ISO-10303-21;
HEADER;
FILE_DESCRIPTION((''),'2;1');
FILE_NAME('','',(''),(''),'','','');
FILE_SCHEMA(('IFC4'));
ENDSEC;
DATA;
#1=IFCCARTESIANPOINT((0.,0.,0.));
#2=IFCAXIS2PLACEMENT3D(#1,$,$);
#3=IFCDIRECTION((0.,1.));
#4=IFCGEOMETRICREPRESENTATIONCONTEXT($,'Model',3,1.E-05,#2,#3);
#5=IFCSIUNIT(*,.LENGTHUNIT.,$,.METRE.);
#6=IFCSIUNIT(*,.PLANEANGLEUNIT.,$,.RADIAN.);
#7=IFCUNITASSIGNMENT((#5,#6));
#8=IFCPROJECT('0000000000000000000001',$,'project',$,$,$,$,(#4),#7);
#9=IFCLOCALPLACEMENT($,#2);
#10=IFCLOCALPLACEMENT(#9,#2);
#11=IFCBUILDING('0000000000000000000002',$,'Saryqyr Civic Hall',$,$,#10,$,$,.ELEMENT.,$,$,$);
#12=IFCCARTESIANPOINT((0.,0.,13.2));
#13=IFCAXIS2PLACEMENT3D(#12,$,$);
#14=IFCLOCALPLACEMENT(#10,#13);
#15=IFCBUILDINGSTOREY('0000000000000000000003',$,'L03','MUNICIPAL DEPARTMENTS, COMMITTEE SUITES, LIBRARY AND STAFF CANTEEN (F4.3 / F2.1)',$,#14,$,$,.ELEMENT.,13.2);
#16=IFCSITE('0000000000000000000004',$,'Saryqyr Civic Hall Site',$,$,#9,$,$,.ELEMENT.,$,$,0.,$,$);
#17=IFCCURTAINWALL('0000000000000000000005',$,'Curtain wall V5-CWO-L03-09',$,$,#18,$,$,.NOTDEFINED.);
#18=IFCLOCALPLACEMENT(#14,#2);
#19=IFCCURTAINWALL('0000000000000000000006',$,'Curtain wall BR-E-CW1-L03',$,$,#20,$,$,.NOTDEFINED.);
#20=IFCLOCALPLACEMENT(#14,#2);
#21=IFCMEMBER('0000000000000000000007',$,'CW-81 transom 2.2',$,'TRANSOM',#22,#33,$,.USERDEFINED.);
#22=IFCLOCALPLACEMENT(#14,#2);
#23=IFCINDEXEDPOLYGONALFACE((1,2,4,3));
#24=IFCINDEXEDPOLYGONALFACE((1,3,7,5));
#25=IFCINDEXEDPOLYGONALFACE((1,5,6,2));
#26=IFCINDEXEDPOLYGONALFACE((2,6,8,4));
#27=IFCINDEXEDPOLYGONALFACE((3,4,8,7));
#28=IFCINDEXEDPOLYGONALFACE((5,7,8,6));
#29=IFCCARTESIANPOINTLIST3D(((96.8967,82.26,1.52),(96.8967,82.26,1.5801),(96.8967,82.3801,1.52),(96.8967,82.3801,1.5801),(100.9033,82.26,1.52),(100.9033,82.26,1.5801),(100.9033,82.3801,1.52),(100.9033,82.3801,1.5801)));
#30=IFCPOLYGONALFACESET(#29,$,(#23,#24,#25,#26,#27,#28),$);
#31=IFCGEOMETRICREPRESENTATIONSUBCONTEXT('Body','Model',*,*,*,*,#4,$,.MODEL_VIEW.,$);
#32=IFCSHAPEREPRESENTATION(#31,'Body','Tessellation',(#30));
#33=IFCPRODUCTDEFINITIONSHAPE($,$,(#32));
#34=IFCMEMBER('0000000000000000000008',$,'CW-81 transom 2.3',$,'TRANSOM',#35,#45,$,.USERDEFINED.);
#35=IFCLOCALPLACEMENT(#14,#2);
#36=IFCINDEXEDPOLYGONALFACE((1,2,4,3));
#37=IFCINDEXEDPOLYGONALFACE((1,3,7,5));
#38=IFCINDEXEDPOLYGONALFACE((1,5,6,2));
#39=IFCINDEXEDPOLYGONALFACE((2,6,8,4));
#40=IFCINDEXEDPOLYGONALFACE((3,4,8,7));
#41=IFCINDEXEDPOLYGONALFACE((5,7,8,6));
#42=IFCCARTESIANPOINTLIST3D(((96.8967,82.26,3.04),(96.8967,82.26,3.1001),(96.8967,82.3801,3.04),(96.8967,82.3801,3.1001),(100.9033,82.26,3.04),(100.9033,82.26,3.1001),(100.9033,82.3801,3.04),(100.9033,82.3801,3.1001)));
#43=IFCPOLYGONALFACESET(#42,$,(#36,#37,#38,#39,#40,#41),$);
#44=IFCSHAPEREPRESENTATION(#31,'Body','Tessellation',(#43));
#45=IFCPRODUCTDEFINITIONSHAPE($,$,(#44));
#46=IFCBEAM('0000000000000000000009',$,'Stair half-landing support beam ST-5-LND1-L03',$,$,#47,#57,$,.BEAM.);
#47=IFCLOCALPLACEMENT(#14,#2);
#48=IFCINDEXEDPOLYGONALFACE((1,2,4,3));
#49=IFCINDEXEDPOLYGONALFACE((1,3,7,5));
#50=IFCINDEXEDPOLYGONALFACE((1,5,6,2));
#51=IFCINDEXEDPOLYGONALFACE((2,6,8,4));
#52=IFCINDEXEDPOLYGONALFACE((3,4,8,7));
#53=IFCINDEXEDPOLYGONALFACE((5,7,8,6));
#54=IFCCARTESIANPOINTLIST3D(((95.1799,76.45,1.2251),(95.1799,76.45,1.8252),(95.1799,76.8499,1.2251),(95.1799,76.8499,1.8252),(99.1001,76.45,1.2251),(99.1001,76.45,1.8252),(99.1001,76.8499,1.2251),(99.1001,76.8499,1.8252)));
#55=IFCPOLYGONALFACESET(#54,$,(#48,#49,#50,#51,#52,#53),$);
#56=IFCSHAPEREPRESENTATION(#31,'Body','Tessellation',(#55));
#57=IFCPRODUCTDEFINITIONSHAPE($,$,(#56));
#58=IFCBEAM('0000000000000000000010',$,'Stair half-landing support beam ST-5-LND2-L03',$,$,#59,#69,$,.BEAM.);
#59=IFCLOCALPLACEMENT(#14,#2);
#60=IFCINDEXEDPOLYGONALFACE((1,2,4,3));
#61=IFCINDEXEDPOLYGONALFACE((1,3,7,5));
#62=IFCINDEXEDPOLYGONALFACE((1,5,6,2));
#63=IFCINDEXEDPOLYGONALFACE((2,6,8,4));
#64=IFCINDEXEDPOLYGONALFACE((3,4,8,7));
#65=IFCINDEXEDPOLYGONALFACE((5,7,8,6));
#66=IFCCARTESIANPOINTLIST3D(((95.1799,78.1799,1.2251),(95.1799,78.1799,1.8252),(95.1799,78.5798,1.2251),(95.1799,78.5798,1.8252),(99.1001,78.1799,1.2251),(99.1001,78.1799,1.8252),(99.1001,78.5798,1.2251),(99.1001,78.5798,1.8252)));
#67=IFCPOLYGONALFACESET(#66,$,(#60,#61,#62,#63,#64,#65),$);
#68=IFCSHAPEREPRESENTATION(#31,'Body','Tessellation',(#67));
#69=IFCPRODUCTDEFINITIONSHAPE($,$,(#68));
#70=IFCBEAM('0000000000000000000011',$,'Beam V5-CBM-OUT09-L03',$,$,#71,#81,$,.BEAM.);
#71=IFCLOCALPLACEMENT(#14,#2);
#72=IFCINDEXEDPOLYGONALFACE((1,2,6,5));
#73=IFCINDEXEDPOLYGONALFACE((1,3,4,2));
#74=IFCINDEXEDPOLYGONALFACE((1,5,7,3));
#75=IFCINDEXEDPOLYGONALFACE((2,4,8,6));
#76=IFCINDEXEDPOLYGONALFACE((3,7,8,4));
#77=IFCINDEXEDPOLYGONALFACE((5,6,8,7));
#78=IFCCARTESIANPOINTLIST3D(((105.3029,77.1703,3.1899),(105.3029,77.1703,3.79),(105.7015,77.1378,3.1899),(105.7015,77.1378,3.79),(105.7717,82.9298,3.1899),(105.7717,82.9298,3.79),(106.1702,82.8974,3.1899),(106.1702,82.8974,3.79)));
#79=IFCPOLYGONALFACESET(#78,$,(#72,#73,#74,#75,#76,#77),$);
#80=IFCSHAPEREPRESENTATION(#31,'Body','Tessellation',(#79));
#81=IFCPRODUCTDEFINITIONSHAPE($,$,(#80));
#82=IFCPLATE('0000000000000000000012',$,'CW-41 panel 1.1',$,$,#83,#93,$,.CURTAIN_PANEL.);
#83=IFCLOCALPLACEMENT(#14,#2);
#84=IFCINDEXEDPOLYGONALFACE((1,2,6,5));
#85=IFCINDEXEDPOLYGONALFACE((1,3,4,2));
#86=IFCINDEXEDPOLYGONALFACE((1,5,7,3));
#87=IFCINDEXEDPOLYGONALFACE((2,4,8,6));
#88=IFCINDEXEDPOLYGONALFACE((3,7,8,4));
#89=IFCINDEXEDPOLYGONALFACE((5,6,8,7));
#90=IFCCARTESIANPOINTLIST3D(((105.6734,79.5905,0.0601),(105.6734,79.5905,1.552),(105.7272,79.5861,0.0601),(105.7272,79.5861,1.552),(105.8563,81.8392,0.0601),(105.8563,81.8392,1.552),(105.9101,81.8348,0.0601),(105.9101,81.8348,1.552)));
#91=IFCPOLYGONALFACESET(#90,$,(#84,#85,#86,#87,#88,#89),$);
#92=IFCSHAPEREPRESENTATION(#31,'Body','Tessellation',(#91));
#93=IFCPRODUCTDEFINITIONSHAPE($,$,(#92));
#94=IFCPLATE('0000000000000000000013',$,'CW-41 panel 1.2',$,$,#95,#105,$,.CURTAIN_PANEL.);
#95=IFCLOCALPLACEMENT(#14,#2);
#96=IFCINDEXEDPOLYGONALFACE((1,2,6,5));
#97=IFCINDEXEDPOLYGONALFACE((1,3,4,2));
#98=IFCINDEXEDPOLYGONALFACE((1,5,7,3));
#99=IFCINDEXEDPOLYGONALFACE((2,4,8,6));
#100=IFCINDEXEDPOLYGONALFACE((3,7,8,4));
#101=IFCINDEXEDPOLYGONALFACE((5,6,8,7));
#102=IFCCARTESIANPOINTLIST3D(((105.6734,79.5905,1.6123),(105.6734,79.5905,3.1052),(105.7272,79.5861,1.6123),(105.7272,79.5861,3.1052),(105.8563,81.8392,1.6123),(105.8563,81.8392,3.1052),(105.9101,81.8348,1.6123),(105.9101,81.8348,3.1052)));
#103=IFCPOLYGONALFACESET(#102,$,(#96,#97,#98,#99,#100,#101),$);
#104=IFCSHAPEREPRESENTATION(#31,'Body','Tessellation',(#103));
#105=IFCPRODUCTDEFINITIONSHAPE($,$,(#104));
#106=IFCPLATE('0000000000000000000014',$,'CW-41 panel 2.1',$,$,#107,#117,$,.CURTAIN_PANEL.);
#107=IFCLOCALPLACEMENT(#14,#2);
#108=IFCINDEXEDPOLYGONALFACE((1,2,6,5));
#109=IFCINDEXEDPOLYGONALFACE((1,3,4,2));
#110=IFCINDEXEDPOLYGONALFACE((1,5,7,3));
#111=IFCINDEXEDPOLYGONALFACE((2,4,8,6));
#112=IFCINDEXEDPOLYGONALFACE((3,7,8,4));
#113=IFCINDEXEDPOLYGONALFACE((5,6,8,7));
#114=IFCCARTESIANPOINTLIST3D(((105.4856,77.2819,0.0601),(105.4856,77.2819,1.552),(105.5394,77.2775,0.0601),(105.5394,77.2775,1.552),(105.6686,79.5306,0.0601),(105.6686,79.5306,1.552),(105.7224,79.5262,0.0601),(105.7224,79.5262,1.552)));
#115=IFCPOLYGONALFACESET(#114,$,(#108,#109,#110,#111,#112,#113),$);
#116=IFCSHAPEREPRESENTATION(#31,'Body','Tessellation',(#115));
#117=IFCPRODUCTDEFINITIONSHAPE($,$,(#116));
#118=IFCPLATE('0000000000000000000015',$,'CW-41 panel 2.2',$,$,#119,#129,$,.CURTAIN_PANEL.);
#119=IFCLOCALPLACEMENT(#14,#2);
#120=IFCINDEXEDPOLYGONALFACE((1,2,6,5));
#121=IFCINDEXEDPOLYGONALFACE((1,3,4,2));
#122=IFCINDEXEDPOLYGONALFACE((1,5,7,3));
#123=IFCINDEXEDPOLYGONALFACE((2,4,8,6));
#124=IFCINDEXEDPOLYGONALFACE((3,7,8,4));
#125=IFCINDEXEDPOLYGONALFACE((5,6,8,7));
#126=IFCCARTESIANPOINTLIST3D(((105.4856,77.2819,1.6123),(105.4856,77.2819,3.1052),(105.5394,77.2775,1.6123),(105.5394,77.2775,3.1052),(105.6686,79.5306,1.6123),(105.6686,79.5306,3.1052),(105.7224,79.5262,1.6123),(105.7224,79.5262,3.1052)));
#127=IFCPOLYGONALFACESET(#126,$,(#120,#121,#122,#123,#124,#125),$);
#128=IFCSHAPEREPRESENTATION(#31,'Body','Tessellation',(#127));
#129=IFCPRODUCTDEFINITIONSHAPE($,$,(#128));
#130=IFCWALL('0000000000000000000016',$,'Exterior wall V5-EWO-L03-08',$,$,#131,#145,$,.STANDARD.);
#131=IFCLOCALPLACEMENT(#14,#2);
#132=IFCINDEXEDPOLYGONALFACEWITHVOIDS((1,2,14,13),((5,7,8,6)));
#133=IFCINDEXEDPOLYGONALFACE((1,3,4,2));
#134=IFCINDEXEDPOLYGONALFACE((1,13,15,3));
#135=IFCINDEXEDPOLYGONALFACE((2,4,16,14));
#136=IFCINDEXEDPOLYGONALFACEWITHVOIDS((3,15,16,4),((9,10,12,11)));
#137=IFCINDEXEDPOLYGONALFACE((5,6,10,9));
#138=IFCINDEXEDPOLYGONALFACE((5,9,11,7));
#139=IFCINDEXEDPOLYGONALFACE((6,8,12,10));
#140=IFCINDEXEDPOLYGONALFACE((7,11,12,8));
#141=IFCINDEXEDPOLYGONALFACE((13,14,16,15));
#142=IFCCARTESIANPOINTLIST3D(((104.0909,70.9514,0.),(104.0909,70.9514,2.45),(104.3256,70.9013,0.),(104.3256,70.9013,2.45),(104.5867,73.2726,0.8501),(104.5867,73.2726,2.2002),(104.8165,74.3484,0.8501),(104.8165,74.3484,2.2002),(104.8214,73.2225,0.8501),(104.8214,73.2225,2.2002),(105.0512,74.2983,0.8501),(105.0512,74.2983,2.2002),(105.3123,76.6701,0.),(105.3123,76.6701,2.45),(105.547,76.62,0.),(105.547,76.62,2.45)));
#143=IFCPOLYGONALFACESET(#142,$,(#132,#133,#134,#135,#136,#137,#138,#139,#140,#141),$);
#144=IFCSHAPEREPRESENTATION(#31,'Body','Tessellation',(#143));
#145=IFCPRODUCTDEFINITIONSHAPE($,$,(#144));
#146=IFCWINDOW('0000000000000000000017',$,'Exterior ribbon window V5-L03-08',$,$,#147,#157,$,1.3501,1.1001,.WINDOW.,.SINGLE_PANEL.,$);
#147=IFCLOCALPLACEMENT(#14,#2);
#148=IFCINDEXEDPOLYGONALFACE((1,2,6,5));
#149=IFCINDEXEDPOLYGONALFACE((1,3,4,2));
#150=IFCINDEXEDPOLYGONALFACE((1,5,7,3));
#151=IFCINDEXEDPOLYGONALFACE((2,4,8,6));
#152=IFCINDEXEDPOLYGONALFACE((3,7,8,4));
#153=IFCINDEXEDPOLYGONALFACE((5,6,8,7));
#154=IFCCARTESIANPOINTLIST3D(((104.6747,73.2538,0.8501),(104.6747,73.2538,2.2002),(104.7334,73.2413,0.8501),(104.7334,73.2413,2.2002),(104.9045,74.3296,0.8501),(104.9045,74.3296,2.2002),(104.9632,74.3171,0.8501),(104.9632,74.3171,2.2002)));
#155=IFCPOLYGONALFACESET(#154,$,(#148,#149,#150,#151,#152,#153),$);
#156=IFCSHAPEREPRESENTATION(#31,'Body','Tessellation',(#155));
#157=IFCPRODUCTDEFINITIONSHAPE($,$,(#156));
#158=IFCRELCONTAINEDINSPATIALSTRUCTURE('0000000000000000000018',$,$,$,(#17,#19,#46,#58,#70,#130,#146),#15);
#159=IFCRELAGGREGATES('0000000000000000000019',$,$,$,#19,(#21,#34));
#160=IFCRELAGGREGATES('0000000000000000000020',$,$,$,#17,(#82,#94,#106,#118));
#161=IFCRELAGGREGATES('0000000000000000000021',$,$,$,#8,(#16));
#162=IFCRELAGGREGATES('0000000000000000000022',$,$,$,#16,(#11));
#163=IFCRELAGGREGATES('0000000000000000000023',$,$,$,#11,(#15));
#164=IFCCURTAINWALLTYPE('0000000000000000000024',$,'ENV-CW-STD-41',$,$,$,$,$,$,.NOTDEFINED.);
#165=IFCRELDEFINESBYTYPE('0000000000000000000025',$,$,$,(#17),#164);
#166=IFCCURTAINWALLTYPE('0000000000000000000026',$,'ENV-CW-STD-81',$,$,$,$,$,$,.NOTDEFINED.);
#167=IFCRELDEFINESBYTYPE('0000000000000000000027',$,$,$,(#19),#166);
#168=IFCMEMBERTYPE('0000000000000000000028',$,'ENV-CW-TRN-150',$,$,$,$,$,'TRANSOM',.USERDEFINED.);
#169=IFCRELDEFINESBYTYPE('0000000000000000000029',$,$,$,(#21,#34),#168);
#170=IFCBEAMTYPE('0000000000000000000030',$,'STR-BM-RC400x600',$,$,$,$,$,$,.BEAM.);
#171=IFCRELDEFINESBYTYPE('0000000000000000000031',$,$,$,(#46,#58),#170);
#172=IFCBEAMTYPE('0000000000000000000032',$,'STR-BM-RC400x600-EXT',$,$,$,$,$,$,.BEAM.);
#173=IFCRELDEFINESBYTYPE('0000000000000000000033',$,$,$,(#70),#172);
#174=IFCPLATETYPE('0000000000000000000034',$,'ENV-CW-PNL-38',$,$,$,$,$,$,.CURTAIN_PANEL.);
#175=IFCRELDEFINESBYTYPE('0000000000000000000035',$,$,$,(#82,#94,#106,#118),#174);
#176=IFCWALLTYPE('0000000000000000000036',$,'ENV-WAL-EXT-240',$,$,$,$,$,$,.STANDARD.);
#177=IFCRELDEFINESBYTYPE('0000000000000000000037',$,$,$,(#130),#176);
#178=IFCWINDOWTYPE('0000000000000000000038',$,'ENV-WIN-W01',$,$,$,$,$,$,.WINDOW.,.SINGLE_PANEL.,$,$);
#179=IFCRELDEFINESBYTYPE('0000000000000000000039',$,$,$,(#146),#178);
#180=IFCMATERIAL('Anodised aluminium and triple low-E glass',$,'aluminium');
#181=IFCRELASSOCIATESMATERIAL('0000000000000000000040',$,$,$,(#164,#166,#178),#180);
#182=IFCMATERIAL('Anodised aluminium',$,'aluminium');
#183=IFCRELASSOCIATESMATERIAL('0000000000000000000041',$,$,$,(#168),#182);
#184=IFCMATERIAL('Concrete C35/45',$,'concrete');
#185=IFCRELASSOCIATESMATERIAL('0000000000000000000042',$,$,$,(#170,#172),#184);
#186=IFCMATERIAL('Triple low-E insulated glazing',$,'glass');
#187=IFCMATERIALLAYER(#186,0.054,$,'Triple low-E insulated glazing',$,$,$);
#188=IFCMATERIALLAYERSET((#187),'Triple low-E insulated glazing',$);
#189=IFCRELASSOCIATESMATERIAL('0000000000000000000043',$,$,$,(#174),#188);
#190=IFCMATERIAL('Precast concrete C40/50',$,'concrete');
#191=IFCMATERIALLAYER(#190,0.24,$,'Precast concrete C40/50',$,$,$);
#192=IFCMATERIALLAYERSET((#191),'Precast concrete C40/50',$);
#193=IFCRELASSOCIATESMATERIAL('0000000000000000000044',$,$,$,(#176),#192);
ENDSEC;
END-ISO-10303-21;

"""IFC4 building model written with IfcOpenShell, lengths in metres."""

from ifc_helpers import new_model, si_unit, direction, frame, frame_2d, origin, origin_2d, place, context, subcontext, project, spatial, rectangle, extrude, material, layer, layer_set, material_profile, profile_set, type_object, element, fill, aggregate, save


model = new_model("IFC4")

# Units and contexts
model_context = context("Model", 3, precision=1e-05, world=origin(), true_north=direction((0.0, 1.0)))
body_context = subcontext(model_context, "Body", "Model", "MODEL_VIEW")
ifc_project = project(units=[si_unit("LENGTHUNIT", "METRE"), si_unit("PLANEANGLEUNIT", "RADIAN")], contexts=[model_context])

# Site, building, storey
site_placement = place(None, origin())
site = spatial("IfcSite", under=ifc_project, at=site_placement, Name="Saryqyr Civic Hall Site", CompositionType="ELEMENT", RefElevation=0.0)
building_placement = place(site_placement, origin())
building = spatial("IfcBuilding", under=site, at=building_placement, Name="Saryqyr Civic Hall", CompositionType="ELEMENT")
storey_placement = place(building_placement, frame((0.0, 0.0, 13.2)))
storey = spatial("IfcBuildingStorey", under=building, at=storey_placement, Name="L03", Description="MUNICIPAL DEPARTMENTS, COMMITTEE SUITES, LIBRARY AND STAFF CANTEEN (F4.3 / F2.1)", CompositionType="ELEMENT", Elevation=13.2)

# Shared definitions
ifc_material_1 = material(Name="Concrete C35/45", Category="concrete")

# Curtain walls, members
ifc_material_2 = material(Name="Anodised aluminium and triple low-E glass", Category="aluminium")
curtain_wall_type_1 = type_object("IfcCurtainWallType", Name="ENV-CW-STD-41", PredefinedType="NOTDEFINED", material=ifc_material_2)
curtain_wall_1_placement = place(storey_placement, origin())
curtain_wall_1 = element("IfcCurtainWall", 1, at=curtain_wall_1_placement, inside=storey, type_object=curtain_wall_type_1, Name="Curtain wall V5-CWO-L03-09", PredefinedType="NOTDEFINED")
ifc_material_3 = material(Name="Anodised aluminium", Category="aluminium")
ifc_material_profile_1 = material_profile(ifc_material_3, rectangle(XDim=0.1201, YDim=0.0601, at=origin_2d()), Name="ALU TRANSOM 120x60")
ifc_profile_set_1 = profile_set([ifc_material_profile_1], Name="Anodised aluminium")
member_type_1 = type_object("IfcMemberType", Name="ENV-CW-TRN-150", ElementType="TRANSOM", PredefinedType="USERDEFINED", material=ifc_profile_set_1)
curtain_wall_type_2 = type_object("IfcCurtainWallType", Name="ENV-CW-STD-81", PredefinedType="NOTDEFINED", material=ifc_material_2)
curtain_wall_2_placement = place(storey_placement, origin())
curtain_wall_2 = element("IfcCurtainWall", 2, at=curtain_wall_2_placement, inside=storey, type_object=curtain_wall_type_2, Name="Curtain wall BR-E-CW1-L03", PredefinedType="NOTDEFINED")
member_1_placement = place(storey_placement, frame((100.9033, 82.3201, 1.55), z_axis=(-1.0, 0.0, 0.0), x_axis=(0.0, -1.0, 0.0)))
member_1 = element("IfcMember", 3, at=member_1_placement, type_object=member_type_1, Name="CW-81 transom 2.2", ObjectType="TRANSOM", PredefinedType="USERDEFINED", context=body_context, shape_type="SweptSolid", body=[
    extrude(rectangle(XDim=0.1201, YDim=0.0601, at=origin_2d()), origin(), (0.0, 0.0, 1.0), 4.0066),
])
member_2_placement = place(storey_placement, frame((100.9033, 82.3201, 3.0701), z_axis=(-1.0, 0.0, 0.0), x_axis=(0.0, -1.0, 0.0)))
member_2 = element("IfcMember", 4, at=member_2_placement, type_object=member_type_1, Name="CW-81 transom 2.3", ObjectType="TRANSOM", PredefinedType="USERDEFINED", context=body_context, shape_type="SweptSolid", body=[
    extrude(rectangle(XDim=0.1201, YDim=0.0601, at=origin_2d()), origin(), (0.0, 0.0, 1.0), 4.0066),
])
aggregate(curtain_wall_2, [member_1, member_2])

# Beams
ifc_material_profile_2 = material_profile(ifc_material_1, rectangle(XDim=0.3999, YDim=0.6001, at=origin_2d()), Name="RC 400x600")
ifc_profile_set_2 = profile_set([ifc_material_profile_2], Name="Concrete C35/45")
beam_type_1 = type_object("IfcBeamType", Name="STR-BM-RC400x600", PredefinedType="BEAM", material=ifc_profile_set_2)
for number, where, z_axis, x_axis, name in (
    (5, (99.1001, 76.6499, 1.5251), (-1.0, 0.0, 0.0), (0.0, -1.0, 0.0), "Stair half-landing support beam ST-5-LND1-L03"),
    (6, (99.1001, 78.3799, 1.5251), (-1.0, 0.0, 0.0), (0.0, -1.0, 0.0), "Stair half-landing support beam ST-5-LND2-L03"),
):
    element("IfcBeam", number, at=place(storey_placement, frame(where, z_axis=z_axis, x_axis=x_axis)), inside=storey, type_object=beam_type_1, Name=name, PredefinedType="BEAM", context=body_context, shape_type="SweptSolid", body=[
        extrude(rectangle(XDim=0.3999, YDim=0.6001, at=origin_2d()), origin(), (0.0, 0.0, 1.0), 3.9202),
    ])
ifc_material_profile_3 = material_profile(ifc_material_1, rectangle(XDim=0.3999, YDim=0.6001, at=origin_2d()), Name="RC 400x600")
ifc_profile_set_3 = profile_set([ifc_material_profile_3], Name="Concrete C35/45")
beam_type_2 = type_object("IfcBeamType", Name="STR-BM-RC400x600-EXT", PredefinedType="BEAM", material=ifc_profile_set_3)
beam_placement = place(storey_placement, frame((105.5022, 77.1541, 3.49), z_axis=(0.081119, 0.996704, 0.0), x_axis=(-0.996704, 0.081119, 0.0)))
element("IfcBeam", 7, at=beam_placement, inside=storey, type_object=beam_type_2, Name="Beam V5-CBM-OUT09-L03", PredefinedType="BEAM", context=body_context, shape_type="SweptSolid", body=[
    extrude(rectangle(XDim=0.3999, YDim=0.6001, at=origin_2d()), origin(), (0.0, 0.0, 1.0), 5.7786),
])

# Plates
ifc_material_4 = material(Name="Triple low-E insulated glazing", Category="glass")
ifc_layer_1 = layer(ifc_material_4, 0.054, Name="Triple low-E insulated glazing")
ifc_layer_set_1 = layer_set([ifc_layer_1], Name="Triple low-E insulated glazing")
plate_type = type_object("IfcPlateType", Name="ENV-CW-PNL-38", PredefinedType="CURTAIN_PANEL", material=ifc_layer_set_1)
plate_1_placement = place(storey_placement, frame((105.7917, 80.7126, 0.0601), z_axis=(0.0, 0.0, 1.0), x_axis=(-0.081093, -0.996707, 0.0)))
plate_1 = element("IfcPlate", 8, at=plate_1_placement, type_object=plate_type, Name="CW-41 panel 1.1", PredefinedType="CURTAIN_PANEL", context=body_context, shape_type="SweptSolid", body=[
    extrude(rectangle(XDim=2.2561, YDim=0.054, at=origin_2d()), origin(), (0.0, 0.0, 1.0), 1.4919),
])
plate_2_placement = place(storey_placement, frame((105.7917, 80.7126, 1.6123), z_axis=(0.0, 0.0, 1.0), x_axis=(-0.081093, -0.996707, 0.0)))
plate_2 = element("IfcPlate", 9, at=plate_2_placement, type_object=plate_type, Name="CW-41 panel 1.2", PredefinedType="CURTAIN_PANEL", context=body_context, shape_type="SweptSolid", body=[
    extrude(rectangle(XDim=2.2561, YDim=0.054, at=origin_2d()), origin(), (0.0, 0.0, 1.0), 1.4929),
])
plate_3_placement = place(storey_placement, frame((105.604, 78.4041, 0.0601), z_axis=(0.0, 0.0, 1.0), x_axis=(-0.081093, -0.996707, 0.0)))
plate_3 = element("IfcPlate", 10, at=plate_3_placement, type_object=plate_type, Name="CW-41 panel 2.1", PredefinedType="CURTAIN_PANEL", context=body_context, shape_type="SweptSolid", body=[
    extrude(rectangle(XDim=2.2561, YDim=0.054, at=origin_2d()), origin(), (0.0, 0.0, 1.0), 1.4919),
])
plate_4_placement = place(storey_placement, frame((105.604, 78.4041, 1.6123), z_axis=(0.0, 0.0, 1.0), x_axis=(-0.081093, -0.996707, 0.0)))
plate_4 = element("IfcPlate", 11, at=plate_4_placement, type_object=plate_type, Name="CW-41 panel 2.2", PredefinedType="CURTAIN_PANEL", context=body_context, shape_type="SweptSolid", body=[
    extrude(rectangle(XDim=2.2561, YDim=0.054, at=origin_2d()), origin(), (0.0, 0.0, 1.0), 1.4929),
])
aggregate(curtain_wall_1, [plate_1, plate_2, plate_3, plate_4])

# Wall, opening, window
ifc_material_5 = material(Name="Precast concrete C40/50", Category="concrete")
ifc_layer_2 = layer(ifc_material_5, 0.24, Name="Precast concrete C40/50")
ifc_layer_set_2 = layer_set([ifc_layer_2], Name="Precast concrete C40/50")
wall_type = type_object("IfcWallType", Name="ENV-WAL-EXT-240", PredefinedType="STANDARD", material=ifc_layer_set_2)
wall_placement = place(storey_placement, frame((105.4297, 76.645, 0.0), z_axis=(0.0, 0.0, 1.0), x_axis=(-0.208873, -0.977943, 0.0)))
wall = element("IfcWall", 12, at=wall_placement, inside=storey, type_object=wall_type, Name="Exterior wall V5-EWO-L03-08", PredefinedType="STANDARD", context=body_context, shape_type="SweptSolid", body=[
    extrude(rectangle(XDim=5.8477, YDim=0.24, at=frame_2d((2.9238, 0.0))), origin(), (0.0, 0.0, 1.0), 2.45),
])
opening_placement = place(wall_placement, frame((2.374, 0.0, 0.8501)))
opening = element("IfcOpeningElement", 13, at=opening_placement, cuts=wall, PredefinedType="OPENING", context=body_context, shape_type="SweptSolid", body=[
    extrude(rectangle(XDim=1.1001, YDim=1.3501, at=frame_2d((0.55, 0.675))), frame((0.0, 0.1299, 0.0), z_axis=(0.0, -1.0, 0.0), x_axis=(1.0, 0.0, 0.0)), (0.0, 0.0, 1.0), 0.26),
])
window_type = type_object("IfcWindowType", Name="ENV-WIN-W01", PartitioningType="SINGLE_PANEL", PredefinedType="WINDOW", material=ifc_material_2)
window_placement = place(opening_placement, origin())
window = element("IfcWindow", 14, at=window_placement, inside=storey, type_object=window_type, Name="Exterior ribbon window V5-L03-08", OverallHeight=1.3501, OverallWidth=1.1001, PartitioningType="SINGLE_PANEL", PredefinedType="WINDOW", context=body_context, shape_type="SweptSolid", body=[
    extrude(rectangle(XDim=1.1001, YDim=1.3501, at=frame_2d((0.55, 0.675))), frame((0.0, 0.03, 0.0), z_axis=(0.0, -1.0, 0.0), x_axis=(1.0, 0.0, 0.0)), (0.0, 0.0, 1.0), 0.0601),
])
fill(opening, window)

save(model, "model.ifc")
